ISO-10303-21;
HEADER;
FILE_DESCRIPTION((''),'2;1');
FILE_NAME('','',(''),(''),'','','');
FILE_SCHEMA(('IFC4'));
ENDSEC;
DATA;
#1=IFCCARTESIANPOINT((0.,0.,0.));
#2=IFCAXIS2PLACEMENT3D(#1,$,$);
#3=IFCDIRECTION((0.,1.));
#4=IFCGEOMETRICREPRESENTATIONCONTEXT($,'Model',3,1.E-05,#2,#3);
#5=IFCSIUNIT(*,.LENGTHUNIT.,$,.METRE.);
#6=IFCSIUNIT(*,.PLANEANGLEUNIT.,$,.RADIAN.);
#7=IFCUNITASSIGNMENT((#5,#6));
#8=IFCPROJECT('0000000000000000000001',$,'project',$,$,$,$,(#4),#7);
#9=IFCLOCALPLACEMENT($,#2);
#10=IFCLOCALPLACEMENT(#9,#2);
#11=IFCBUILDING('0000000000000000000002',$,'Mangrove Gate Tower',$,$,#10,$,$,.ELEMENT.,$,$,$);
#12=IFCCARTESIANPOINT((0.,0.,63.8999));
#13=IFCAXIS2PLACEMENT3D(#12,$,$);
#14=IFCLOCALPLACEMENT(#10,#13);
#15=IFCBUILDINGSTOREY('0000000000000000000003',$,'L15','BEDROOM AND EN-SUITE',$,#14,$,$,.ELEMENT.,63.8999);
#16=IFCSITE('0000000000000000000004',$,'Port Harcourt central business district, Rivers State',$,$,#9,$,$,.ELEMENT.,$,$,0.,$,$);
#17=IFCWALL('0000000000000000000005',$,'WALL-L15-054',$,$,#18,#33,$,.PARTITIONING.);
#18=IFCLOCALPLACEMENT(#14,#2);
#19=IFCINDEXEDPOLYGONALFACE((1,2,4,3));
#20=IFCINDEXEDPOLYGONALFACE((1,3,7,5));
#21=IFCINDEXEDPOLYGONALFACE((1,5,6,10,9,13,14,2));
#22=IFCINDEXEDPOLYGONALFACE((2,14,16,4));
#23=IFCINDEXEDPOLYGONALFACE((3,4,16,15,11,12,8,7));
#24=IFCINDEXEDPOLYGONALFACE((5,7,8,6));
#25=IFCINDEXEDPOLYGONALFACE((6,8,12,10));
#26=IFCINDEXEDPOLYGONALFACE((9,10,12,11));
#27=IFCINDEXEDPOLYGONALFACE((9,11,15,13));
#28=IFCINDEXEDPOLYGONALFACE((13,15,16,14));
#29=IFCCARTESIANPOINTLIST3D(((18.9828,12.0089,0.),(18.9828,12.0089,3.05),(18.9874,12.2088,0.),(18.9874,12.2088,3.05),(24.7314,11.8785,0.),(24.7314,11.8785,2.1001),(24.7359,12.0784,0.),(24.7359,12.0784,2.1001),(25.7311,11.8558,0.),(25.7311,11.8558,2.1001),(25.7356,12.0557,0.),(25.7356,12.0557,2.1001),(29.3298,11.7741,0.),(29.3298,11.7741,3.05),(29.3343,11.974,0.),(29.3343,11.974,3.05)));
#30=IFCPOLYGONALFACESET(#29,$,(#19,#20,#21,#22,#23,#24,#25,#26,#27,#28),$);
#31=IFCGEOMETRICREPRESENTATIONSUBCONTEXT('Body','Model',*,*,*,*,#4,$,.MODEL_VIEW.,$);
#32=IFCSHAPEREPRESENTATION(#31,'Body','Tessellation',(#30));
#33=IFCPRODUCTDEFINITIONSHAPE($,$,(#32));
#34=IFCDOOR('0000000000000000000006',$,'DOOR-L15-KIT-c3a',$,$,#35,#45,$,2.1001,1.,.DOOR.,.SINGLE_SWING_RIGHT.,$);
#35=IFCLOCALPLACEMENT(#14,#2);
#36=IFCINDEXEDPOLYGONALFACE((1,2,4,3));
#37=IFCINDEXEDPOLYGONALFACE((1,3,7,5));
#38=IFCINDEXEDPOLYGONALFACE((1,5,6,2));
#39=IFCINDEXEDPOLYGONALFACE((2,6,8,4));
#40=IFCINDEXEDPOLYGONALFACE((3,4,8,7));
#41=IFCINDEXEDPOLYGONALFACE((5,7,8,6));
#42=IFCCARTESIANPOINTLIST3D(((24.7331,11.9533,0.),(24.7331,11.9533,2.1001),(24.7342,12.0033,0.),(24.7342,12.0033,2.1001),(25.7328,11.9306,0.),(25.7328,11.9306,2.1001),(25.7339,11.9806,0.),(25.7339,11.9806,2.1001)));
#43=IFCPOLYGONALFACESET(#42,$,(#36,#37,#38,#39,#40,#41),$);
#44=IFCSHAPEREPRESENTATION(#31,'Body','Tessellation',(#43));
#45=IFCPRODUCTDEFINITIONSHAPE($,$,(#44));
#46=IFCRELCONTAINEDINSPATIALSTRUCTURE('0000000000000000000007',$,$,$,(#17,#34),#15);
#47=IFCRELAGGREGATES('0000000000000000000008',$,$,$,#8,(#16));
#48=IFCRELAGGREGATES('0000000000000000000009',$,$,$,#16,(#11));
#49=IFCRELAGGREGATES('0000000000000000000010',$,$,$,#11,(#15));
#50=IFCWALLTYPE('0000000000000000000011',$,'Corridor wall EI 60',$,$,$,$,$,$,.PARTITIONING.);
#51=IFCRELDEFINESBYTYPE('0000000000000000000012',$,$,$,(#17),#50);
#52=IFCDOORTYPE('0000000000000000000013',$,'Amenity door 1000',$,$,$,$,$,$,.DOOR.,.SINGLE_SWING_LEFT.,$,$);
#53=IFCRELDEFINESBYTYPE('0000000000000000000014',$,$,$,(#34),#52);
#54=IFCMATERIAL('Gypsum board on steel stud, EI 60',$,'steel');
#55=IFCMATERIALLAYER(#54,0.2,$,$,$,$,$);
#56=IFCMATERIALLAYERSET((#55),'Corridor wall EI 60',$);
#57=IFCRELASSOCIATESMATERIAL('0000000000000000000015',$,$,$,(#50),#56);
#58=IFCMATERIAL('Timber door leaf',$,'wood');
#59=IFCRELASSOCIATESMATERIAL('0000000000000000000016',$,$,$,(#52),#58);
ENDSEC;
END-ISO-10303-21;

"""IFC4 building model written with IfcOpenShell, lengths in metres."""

from ifc_helpers import new_model, si_unit, direction, frame, frame_2d, origin, place, context, subcontext, project, spatial, rectangle, extrude, material, layer, layer_set, type_object, element, fill, save


model = new_model("IFC4")

# Units and contexts
model_context = context("Model", 3, precision=1e-05, world=origin(), true_north=direction((0.0, 1.0)))
body_context = subcontext(model_context, "Body", "Model", "MODEL_VIEW")
ifc_project = project(units=[si_unit("LENGTHUNIT", "METRE"), si_unit("PLANEANGLEUNIT", "RADIAN")], contexts=[model_context])

# Site, building, storey
site_placement = place(None, origin())
site = spatial("IfcSite", under=ifc_project, at=site_placement, Name="Port Harcourt central business district, Rivers State", CompositionType="ELEMENT", RefElevation=0.0)
building_placement = place(site_placement, origin())
building = spatial("IfcBuilding", under=site, at=building_placement, Name="Mangrove Gate Tower", CompositionType="ELEMENT")
storey_placement = place(building_placement, frame((0.0, 0.0, 63.8999)))
storey = spatial("IfcBuildingStorey", under=building, at=storey_placement, Name="L15", Description="BEDROOM AND EN-SUITE", CompositionType="ELEMENT", Elevation=63.8999)

# Shared definitions
ifc_material_1 = material(Name="Gypsum board on steel stud, EI 60", Category="steel")
ifc_layer_1 = layer(ifc_material_1, 0.2)
ifc_layer_set_1 = layer_set([ifc_layer_1], Name="Corridor wall EI 60")
wall_type_1 = type_object("IfcWallType", Name="Corridor wall EI 60", PredefinedType="PARTITIONING", material=ifc_layer_set_1)

# Wall, opening, door
wall_1_placement = place(storey_placement, frame((18.9851, 12.1089, 0.0), z_axis=(0.0, 0.0, 1.0), x_axis=(0.999742, -0.022693, 0.0)))
wall_1 = element("IfcWall", 1, at=wall_1_placement, inside=storey, type_object=wall_type_1, Name="WALL-L15-054", PredefinedType="PARTITIONING", context=body_context, shape_type="SweptSolid", body=[
    extrude(rectangle(XDim=10.3496, YDim=0.2, at=frame_2d((5.1748, 0.0))), origin(), (0.0, 0.0, 1.0), 3.05),
])
opening_1_placement = place(wall_1_placement, frame((5.75, 0.0, 0.0)))
opening_1 = element("IfcOpeningElement", 2, at=opening_1_placement, cuts=wall_1, PredefinedType="OPENING", context=body_context, shape_type="SweptSolid", body=[
    extrude(rectangle(XDim=1.0, YDim=2.1001, at=frame_2d((0.5, 1.05))), frame((0.0, 0.1099, 0.0), z_axis=(0.0, -1.0, 0.0), x_axis=(1.0, 0.0, 0.0)), (0.0, 0.0, 1.0), 0.22),
])
ifc_material_2 = material(Name="Timber door leaf", Category="wood")
door_type_1 = type_object("IfcDoorType", Name="Amenity door 1000", OperationType="SINGLE_SWING_LEFT", PredefinedType="DOOR", material=ifc_material_2)
door_1_placement = place(opening_1_placement, origin())
door_1 = element("IfcDoor", 3, at=door_1_placement, inside=storey, type_object=door_type_1, Name="DOOR-L15-KIT-c3a", OperationType="SINGLE_SWING_RIGHT", OverallHeight=2.1001, OverallWidth=1.0, PredefinedType="DOOR", context=body_context, shape_type="SweptSolid", body=[
    extrude(rectangle(XDim=1.0, YDim=2.1001, at=frame_2d((0.5, 1.05))), frame((0.0, 0.0249, 0.0), z_axis=(0.0, -1.0, 0.0), x_axis=(1.0, 0.0, 0.0)), (0.0, 0.0, 1.0), 0.05),
])
fill(opening_1, door_1)

save(model, "model.ifc")
